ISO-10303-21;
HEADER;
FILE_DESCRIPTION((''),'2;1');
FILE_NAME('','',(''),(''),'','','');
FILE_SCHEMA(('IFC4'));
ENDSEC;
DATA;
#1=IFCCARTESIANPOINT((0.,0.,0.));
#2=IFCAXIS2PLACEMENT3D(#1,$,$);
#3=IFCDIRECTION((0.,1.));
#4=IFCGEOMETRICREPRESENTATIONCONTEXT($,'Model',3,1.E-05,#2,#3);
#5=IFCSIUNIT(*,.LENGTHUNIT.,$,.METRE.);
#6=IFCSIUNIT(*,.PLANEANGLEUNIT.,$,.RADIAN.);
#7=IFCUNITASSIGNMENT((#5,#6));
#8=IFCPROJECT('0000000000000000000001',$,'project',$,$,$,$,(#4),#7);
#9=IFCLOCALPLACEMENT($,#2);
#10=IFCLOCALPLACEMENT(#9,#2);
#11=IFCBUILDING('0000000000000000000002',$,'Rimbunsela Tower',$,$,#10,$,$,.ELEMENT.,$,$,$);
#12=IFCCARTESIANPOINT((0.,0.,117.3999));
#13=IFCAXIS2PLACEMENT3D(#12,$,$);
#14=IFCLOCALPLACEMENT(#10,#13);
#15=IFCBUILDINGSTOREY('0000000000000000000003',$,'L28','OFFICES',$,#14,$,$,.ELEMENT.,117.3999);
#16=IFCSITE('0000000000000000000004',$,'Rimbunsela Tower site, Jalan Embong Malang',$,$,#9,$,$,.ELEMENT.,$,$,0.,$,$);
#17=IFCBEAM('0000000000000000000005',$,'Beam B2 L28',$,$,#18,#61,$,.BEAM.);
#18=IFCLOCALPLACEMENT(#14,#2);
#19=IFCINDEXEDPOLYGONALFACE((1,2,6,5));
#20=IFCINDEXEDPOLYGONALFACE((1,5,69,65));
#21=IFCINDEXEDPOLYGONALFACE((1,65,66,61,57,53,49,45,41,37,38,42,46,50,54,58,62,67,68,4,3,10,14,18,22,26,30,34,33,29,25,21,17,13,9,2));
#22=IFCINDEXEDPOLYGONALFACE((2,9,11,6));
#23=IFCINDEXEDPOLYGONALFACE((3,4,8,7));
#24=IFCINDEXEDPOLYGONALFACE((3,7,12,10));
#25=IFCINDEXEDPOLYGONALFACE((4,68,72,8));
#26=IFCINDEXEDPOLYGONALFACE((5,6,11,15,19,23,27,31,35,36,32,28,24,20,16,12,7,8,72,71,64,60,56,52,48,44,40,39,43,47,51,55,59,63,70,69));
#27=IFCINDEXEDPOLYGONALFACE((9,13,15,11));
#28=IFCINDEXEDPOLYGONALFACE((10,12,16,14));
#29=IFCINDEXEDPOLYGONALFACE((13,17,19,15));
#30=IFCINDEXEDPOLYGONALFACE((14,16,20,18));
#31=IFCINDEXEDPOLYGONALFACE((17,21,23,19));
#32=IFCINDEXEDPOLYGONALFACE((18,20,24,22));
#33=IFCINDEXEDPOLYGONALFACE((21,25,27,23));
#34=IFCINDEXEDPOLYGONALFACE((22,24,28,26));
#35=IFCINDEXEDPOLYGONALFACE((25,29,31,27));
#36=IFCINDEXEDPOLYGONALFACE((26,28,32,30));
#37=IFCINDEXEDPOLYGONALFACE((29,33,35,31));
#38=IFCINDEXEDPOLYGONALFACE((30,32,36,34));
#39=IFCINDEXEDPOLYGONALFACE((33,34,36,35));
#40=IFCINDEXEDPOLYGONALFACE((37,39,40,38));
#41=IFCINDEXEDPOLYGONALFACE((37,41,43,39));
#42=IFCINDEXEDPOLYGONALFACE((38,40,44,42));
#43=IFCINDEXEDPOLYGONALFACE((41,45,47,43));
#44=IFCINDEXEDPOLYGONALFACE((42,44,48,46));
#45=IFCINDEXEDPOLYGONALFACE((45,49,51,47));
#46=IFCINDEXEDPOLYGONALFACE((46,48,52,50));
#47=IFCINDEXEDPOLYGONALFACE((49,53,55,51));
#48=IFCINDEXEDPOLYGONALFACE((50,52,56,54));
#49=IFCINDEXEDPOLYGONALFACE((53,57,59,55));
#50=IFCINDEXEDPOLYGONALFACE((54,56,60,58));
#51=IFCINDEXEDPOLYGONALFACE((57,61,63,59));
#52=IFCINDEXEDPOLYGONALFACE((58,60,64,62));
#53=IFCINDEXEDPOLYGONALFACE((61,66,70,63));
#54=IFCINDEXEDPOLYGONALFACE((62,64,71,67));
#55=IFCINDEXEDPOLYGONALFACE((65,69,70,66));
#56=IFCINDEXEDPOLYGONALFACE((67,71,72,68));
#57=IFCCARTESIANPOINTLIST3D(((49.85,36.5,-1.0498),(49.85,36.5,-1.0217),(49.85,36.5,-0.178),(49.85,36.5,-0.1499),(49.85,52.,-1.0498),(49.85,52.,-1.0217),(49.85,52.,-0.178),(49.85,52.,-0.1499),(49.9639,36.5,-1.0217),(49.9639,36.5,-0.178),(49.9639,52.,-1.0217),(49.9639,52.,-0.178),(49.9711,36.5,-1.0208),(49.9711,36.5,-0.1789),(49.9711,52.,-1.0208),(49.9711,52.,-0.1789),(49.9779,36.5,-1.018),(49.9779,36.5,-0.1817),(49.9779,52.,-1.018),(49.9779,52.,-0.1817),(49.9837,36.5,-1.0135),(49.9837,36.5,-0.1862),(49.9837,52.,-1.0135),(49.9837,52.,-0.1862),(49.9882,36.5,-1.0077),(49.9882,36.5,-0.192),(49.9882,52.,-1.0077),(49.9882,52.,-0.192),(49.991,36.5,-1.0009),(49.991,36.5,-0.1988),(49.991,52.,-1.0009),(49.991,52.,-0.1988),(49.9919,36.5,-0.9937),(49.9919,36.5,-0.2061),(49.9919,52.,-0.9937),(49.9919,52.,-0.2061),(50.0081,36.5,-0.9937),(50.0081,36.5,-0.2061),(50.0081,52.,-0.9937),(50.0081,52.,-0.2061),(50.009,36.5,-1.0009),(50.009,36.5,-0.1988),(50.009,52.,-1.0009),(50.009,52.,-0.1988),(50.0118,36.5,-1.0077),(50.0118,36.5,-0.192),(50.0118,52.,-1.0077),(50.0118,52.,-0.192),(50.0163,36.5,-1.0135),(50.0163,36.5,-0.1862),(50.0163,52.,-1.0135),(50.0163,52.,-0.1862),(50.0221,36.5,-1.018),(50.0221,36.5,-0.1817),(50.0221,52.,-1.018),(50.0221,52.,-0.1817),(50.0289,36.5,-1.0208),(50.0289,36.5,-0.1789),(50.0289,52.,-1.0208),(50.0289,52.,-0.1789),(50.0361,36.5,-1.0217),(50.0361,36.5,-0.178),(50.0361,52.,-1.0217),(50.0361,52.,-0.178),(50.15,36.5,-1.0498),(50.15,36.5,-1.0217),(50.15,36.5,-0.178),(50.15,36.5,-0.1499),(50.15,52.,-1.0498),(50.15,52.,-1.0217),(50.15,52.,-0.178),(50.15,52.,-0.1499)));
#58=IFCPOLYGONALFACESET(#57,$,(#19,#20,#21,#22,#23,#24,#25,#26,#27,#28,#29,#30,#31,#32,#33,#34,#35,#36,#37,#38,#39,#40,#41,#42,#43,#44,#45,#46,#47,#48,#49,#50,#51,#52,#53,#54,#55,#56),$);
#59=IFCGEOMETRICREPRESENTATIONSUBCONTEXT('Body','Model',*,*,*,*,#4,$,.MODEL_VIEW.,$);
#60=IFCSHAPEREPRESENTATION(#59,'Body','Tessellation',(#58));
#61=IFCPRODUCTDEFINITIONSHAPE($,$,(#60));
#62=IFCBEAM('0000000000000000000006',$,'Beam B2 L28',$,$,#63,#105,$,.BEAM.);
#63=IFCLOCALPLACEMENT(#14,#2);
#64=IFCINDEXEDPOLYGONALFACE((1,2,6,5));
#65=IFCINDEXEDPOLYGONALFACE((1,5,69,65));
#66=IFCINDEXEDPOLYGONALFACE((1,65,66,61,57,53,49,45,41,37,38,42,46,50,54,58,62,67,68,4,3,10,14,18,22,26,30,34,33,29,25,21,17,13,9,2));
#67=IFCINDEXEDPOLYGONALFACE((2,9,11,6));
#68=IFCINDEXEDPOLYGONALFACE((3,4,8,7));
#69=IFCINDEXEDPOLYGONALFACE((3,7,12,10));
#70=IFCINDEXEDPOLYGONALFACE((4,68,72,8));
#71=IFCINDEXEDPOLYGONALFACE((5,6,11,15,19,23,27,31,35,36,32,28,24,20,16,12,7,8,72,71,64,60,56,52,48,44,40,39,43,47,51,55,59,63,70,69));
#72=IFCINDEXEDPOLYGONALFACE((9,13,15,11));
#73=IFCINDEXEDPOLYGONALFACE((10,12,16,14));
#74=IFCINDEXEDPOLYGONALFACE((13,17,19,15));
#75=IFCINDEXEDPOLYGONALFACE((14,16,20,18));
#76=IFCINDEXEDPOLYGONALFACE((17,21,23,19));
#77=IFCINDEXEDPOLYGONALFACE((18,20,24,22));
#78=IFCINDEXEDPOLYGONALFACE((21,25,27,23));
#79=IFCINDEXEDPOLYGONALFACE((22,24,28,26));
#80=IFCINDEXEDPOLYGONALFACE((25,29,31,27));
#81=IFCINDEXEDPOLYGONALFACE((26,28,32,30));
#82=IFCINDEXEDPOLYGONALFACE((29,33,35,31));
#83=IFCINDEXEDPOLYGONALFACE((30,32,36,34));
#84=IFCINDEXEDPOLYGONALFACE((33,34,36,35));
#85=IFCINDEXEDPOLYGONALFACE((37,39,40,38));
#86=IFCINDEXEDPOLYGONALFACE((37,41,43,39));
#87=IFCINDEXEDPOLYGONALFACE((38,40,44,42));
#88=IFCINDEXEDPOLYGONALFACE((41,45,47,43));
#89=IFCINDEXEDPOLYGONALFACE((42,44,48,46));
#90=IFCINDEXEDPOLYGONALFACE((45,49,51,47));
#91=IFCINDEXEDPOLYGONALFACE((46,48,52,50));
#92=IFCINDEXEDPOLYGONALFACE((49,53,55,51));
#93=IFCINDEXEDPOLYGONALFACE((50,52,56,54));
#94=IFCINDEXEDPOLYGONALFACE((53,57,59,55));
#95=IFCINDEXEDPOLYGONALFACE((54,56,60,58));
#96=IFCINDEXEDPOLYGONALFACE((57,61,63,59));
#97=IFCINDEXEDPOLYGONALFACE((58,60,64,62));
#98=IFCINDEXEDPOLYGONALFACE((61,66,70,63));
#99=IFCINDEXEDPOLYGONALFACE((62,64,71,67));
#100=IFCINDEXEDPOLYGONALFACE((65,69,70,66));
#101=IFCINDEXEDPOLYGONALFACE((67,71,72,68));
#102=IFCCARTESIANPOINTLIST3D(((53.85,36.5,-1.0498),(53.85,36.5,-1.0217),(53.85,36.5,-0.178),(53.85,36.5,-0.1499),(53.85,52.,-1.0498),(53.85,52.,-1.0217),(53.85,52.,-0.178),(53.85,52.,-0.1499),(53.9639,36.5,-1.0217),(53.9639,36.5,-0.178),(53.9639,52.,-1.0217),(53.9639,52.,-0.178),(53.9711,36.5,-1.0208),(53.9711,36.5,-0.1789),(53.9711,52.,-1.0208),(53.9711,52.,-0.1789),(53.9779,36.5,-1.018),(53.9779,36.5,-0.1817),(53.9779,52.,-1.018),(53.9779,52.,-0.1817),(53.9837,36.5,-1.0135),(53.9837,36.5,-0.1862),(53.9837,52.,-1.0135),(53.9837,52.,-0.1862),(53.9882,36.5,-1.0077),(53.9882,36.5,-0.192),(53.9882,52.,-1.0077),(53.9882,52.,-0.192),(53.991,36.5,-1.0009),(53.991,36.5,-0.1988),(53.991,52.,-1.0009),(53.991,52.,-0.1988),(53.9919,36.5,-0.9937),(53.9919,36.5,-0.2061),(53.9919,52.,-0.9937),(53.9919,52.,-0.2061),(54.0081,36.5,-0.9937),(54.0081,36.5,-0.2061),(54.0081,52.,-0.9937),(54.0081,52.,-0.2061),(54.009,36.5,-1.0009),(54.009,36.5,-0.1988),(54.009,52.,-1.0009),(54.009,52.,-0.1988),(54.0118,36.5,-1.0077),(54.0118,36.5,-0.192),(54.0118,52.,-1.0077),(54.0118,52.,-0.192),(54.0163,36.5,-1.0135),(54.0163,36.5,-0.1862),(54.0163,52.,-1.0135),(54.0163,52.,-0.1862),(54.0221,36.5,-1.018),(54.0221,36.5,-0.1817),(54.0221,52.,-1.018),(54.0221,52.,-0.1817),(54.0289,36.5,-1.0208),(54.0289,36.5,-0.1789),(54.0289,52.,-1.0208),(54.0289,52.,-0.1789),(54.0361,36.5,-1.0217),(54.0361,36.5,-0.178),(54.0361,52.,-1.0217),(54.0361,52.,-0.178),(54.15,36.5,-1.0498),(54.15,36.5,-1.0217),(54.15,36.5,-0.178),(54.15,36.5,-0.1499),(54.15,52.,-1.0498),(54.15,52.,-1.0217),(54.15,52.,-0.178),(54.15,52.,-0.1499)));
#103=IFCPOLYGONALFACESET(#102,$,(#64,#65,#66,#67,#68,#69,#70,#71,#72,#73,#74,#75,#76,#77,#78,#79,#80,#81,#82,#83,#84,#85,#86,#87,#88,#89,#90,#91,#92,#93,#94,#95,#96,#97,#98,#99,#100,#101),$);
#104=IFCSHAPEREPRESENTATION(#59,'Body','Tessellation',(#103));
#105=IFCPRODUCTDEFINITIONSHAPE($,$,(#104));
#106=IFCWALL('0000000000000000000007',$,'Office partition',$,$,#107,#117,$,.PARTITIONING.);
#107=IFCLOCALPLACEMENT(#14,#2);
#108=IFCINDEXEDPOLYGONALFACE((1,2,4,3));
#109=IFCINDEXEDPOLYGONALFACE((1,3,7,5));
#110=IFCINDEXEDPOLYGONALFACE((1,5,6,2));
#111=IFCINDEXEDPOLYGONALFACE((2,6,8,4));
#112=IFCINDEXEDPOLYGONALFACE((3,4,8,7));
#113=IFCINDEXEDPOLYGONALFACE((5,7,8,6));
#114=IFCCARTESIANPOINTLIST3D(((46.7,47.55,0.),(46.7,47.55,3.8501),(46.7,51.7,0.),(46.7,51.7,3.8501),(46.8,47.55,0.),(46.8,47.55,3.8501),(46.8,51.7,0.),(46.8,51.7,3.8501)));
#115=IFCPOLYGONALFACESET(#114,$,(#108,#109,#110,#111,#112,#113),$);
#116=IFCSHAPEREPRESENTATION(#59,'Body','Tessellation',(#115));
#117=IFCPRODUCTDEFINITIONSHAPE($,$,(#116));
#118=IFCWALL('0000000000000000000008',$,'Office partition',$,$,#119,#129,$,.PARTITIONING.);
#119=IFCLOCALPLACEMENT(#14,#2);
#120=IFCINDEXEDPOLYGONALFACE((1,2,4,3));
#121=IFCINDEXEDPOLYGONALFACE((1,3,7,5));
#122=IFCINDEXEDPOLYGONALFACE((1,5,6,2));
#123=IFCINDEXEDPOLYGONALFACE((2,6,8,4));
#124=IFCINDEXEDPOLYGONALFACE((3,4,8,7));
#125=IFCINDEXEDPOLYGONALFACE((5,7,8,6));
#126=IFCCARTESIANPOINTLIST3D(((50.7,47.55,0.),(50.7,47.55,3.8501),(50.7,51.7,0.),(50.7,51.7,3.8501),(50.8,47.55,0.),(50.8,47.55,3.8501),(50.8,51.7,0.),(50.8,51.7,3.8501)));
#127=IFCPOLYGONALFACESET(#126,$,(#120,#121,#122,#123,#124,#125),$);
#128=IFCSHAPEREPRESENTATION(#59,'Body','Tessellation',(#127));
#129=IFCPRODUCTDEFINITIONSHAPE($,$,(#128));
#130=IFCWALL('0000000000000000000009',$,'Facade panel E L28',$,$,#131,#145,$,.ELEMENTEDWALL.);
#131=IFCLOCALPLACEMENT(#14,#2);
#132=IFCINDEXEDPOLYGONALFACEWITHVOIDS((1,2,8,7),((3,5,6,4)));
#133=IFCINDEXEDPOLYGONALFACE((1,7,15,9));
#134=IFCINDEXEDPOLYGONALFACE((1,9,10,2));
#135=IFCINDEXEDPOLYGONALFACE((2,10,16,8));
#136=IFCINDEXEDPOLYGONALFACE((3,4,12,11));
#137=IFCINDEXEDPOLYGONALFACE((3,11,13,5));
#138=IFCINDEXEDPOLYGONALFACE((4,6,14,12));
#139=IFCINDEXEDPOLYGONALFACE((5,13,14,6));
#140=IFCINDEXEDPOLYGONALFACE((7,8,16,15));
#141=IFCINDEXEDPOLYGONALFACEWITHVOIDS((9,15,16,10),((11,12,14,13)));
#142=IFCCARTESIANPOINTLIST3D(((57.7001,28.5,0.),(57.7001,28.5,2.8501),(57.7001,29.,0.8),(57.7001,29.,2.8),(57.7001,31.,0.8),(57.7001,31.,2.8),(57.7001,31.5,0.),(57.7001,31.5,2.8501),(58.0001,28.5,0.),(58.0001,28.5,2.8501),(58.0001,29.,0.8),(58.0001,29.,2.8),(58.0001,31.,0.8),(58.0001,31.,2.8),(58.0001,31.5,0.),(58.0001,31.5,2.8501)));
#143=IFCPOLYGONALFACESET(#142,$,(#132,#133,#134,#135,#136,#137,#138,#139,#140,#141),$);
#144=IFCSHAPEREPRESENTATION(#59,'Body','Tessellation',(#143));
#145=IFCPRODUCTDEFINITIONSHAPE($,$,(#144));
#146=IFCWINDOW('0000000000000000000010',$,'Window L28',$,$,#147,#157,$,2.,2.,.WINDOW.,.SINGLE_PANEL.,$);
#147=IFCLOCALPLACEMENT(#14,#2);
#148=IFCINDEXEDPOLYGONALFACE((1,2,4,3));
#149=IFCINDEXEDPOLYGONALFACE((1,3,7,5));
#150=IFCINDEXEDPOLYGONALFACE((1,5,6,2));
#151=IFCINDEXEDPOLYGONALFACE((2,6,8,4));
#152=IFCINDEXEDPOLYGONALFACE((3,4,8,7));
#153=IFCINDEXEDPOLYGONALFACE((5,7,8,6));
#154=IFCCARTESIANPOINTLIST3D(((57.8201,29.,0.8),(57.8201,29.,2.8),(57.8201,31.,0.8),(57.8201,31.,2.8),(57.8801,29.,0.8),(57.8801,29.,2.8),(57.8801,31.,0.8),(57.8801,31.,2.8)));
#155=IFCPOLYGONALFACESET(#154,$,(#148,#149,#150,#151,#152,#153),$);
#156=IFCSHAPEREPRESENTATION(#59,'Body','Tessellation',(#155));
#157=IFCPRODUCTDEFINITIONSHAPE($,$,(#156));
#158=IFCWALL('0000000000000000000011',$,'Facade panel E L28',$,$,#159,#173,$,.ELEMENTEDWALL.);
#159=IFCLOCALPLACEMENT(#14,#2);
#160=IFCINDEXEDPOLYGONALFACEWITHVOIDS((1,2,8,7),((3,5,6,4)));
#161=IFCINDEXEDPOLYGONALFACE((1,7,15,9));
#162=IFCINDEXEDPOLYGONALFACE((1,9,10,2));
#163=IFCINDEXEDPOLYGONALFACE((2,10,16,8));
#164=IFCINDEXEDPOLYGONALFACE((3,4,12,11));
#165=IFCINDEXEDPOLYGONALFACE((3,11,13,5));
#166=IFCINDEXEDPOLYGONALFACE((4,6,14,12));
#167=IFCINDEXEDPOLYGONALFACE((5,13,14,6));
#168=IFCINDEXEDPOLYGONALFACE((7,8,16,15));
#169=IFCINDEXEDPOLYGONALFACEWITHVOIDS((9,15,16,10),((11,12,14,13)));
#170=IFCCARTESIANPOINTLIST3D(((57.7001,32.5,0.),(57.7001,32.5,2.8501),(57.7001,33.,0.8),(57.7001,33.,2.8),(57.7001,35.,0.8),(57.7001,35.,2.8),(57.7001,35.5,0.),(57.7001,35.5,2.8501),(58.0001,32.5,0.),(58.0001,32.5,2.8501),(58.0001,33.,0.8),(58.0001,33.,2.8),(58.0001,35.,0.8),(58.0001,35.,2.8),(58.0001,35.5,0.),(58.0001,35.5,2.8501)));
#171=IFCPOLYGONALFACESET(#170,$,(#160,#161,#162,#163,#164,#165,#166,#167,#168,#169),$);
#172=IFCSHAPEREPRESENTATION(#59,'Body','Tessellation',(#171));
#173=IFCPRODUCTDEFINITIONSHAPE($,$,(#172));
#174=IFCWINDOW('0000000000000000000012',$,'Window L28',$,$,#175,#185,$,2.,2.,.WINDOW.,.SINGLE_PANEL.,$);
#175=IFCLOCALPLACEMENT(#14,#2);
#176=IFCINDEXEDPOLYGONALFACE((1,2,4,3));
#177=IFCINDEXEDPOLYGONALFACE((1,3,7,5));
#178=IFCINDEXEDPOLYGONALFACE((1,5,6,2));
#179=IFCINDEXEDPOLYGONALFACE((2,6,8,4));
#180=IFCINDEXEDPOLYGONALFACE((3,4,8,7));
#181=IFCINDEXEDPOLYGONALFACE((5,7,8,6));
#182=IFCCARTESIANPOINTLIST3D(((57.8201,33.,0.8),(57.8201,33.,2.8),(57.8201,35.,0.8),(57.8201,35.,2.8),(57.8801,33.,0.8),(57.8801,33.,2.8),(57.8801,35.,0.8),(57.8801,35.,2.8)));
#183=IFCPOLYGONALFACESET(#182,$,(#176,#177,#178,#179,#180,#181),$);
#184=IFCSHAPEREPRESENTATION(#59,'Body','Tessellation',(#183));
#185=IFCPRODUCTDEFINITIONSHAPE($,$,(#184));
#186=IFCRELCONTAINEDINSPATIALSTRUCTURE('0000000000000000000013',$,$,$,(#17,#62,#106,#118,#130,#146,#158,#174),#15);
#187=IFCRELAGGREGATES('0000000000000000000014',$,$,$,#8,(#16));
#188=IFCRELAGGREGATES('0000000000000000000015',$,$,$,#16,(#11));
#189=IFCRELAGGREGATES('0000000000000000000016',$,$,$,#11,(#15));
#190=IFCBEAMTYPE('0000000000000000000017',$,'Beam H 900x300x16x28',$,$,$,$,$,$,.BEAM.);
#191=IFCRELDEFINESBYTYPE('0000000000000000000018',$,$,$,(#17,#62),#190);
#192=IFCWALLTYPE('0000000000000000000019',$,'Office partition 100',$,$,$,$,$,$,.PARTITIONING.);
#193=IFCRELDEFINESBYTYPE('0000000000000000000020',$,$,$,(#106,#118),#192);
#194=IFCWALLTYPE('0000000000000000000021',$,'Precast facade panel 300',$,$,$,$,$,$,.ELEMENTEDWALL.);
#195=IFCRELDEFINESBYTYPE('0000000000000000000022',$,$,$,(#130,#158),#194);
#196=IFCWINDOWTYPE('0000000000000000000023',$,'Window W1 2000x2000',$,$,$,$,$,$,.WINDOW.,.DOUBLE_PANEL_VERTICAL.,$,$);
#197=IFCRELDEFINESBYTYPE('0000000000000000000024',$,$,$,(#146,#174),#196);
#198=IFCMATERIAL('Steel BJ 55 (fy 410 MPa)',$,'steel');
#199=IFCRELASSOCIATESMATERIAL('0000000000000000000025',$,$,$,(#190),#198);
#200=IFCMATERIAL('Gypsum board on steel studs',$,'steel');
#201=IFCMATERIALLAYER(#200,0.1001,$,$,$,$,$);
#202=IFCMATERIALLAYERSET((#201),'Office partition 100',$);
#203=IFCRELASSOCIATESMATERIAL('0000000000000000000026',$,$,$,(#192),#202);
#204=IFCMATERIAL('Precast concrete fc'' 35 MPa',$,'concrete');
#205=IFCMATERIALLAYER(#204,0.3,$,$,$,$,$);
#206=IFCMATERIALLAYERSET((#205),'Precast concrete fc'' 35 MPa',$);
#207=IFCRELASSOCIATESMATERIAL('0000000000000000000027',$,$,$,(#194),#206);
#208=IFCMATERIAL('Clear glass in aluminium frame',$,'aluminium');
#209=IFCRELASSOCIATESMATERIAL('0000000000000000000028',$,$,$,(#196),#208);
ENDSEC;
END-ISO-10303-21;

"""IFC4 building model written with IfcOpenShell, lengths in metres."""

from ifc_helpers import new_model, si_unit, direction, frame, frame_2d, origin, origin_2d, place, context, subcontext, project, spatial, rectangle, i_section, extrude, material, layer, layer_set, material_profile, profile_set, type_object, element, fill, save


model = new_model("IFC4")

# Units and contexts
model_context = context("Model", 3, precision=1e-05, world=origin(), true_north=direction((0.0, 1.0)))
body_context = subcontext(model_context, "Body", "Model", "MODEL_VIEW")
ifc_project = project(units=[si_unit("LENGTHUNIT", "METRE"), si_unit("PLANEANGLEUNIT", "RADIAN")], contexts=[model_context])

# Site, building, storey
site_placement = place(None, origin())
site = spatial("IfcSite", under=ifc_project, at=site_placement, Name="Rimbunsela Tower site, Jalan Embong Malang", CompositionType="ELEMENT", RefElevation=0.0)
building_placement = place(site_placement, origin())
building = spatial("IfcBuilding", under=site, at=building_placement, Name="Rimbunsela Tower", CompositionType="ELEMENT")
storey_placement = place(building_placement, frame((0.0, 0.0, 117.3999)))
storey = spatial("IfcBuildingStorey", under=building, at=storey_placement, Name="L28", Description="OFFICES", CompositionType="ELEMENT", Elevation=117.3999)

# Beams
ifc_material_1 = material(Name="Steel BJ 55 (fy 410 MPa)", Category="steel")
ifc_material_profile_1 = material_profile(ifc_material_1, i_section(OverallWidth=0.3, OverallDepth=0.8999, WebThickness=0.0161, FlangeThickness=0.0281, FilletRadius=0.0281, at=origin_2d()), Name="H 900x300x16x28")
ifc_profile_set_1 = profile_set([ifc_material_profile_1], Name="Steel BJ 55 (fy 410 MPa)")
beam_type_1 = type_object("IfcBeamType", Name="Beam H 900x300x16x28", PredefinedType="BEAM", material=ifc_profile_set_1)
for number, where, z_axis, x_axis, name in (
    (1, (50.0, 36.5, -0.5999), (0.0, 1.0, 0.0), (-1.0, 0.0, 0.0), "Beam B2 L28"),
    (2, (54.0, 36.5, -0.5999), (0.0, 1.0, 0.0), (-1.0, 0.0, 0.0), "Beam B2 L28"),
):
    element("IfcBeam", number, at=place(storey_placement, frame(where, z_axis=z_axis, x_axis=x_axis)), inside=storey, type_object=beam_type_1, Name=name, PredefinedType="BEAM", context=body_context, shape_type="SweptSolid", body=[
        extrude(i_section(OverallWidth=0.3, OverallDepth=0.8999, WebThickness=0.0161, FlangeThickness=0.0281, FilletRadius=0.0281, at=origin_2d()), origin(), (0.0, 0.0, 1.0), 15.5),
    ])

# Walls
ifc_material_2 = material(Name="Gypsum board on steel studs", Category="steel")
ifc_layer_1 = layer(ifc_material_2, 0.1001)
ifc_layer_set_1 = layer_set([ifc_layer_1], Name="Office partition 100")
wall_type_1 = type_object("IfcWallType", Name="Office partition 100", PredefinedType="PARTITIONING", material=ifc_layer_set_1)
for number, where, z_axis, x_axis, name in (
    (3, (46.75, 47.55, 0.0), (0.0, 0.0, 1.0), (0.0, 1.0, 0.0), "Office partition"),
    (4, (50.75, 47.55, 0.0), (0.0, 0.0, 1.0), (0.0, 1.0, 0.0), "Office partition"),
):
    element("IfcWall", number, at=place(storey_placement, frame(where, z_axis=z_axis, x_axis=x_axis)), inside=storey, type_object=wall_type_1, Name=name, PredefinedType="PARTITIONING", context=body_context, shape_type="SweptSolid", body=[
        extrude(rectangle(XDim=4.1499, YDim=0.1001, at=frame_2d((2.075, 0.0))), origin(), (0.0, 0.0, 1.0), 3.8501),
    ])

# Walls, openings, windows
ifc_material_3 = material(Name="Precast concrete fc' 35 MPa", Category="concrete")
ifc_layer_2 = layer(ifc_material_3, 0.3)
ifc_layer_set_2 = layer_set([ifc_layer_2], Name="Precast concrete fc' 35 MPa")
wall_type_2 = type_object("IfcWallType", Name="Precast facade panel 300", PredefinedType="ELEMENTEDWALL", material=ifc_layer_set_2)
wall_1_placement = place(storey_placement, frame((57.8501, 28.5, 0.0), z_axis=(0.0, 0.0, 1.0), x_axis=(0.0, 1.0, 0.0)))
wall_1 = element("IfcWall", 5, at=wall_1_placement, inside=storey, type_object=wall_type_2, Name="Facade panel E L28", PredefinedType="ELEMENTEDWALL", context=body_context, shape_type="SweptSolid", body=[
    extrude(rectangle(XDim=3.0, YDim=0.3, at=frame_2d((1.5, 0.0))), origin(), (0.0, 0.0, 1.0), 2.8501),
])
opening_1_placement = place(wall_1_placement, frame((0.5, 0.0, 0.8)))
opening_1 = element("IfcOpeningElement", 6, at=opening_1_placement, cuts=wall_1, PredefinedType="OPENING", context=body_context, shape_type="SweptSolid", body=[
    extrude(rectangle(XDim=2.0, YDim=2.0, at=frame_2d((1.0, 1.0))), frame((0.0, 0.1599, 0.0), z_axis=(0.0, -1.0, 0.0), x_axis=(1.0, 0.0, 0.0)), (0.0, 0.0, 1.0), 0.3201),
])
ifc_material_4 = material(Name="Clear glass in aluminium frame", Category="aluminium")
window_type = type_object("IfcWindowType", Name="Window W1 2000x2000", PartitioningType="DOUBLE_PANEL_VERTICAL", PredefinedType="WINDOW", material=ifc_material_4)
window_1_placement = place(opening_1_placement, origin())
window_1 = element("IfcWindow", 7, at=window_1_placement, inside=storey, type_object=window_type, Name="Window L28", OverallHeight=2.0, OverallWidth=2.0, PartitioningType="SINGLE_PANEL", PredefinedType="WINDOW", context=body_context, shape_type="SweptSolid", body=[
    extrude(rectangle(XDim=2.0, YDim=2.0, at=frame_2d((1.0, 1.0))), frame((0.0, 0.03, 0.0), z_axis=(0.0, -1.0, 0.0), x_axis=(1.0, 0.0, 0.0)), (0.0, 0.0, 1.0), 0.0601),
])
fill(opening_1, window_1)
wall_2_placement = place(storey_placement, frame((57.8501, 32.5, 0.0), z_axis=(0.0, 0.0, 1.0), x_axis=(0.0, 1.0, 0.0)))
wall_2 = element("IfcWall", 8, at=wall_2_placement, inside=storey, type_object=wall_type_2, Name="Facade panel E L28", PredefinedType="ELEMENTEDWALL", context=body_context, shape_type="SweptSolid", body=[
    extrude(rectangle(XDim=3.0, YDim=0.3, at=frame_2d((1.5, 0.0))), origin(), (0.0, 0.0, 1.0), 2.8501),
])
opening_2_placement = place(wall_2_placement, frame((0.5, 0.0, 0.8)))
opening_2 = element("IfcOpeningElement", 9, at=opening_2_placement, cuts=wall_2, PredefinedType="OPENING", context=body_context, shape_type="SweptSolid", body=[
    extrude(rectangle(XDim=2.0, YDim=2.0, at=frame_2d((1.0, 1.0))), frame((0.0, 0.1599, 0.0), z_axis=(0.0, -1.0, 0.0), x_axis=(1.0, 0.0, 0.0)), (0.0, 0.0, 1.0), 0.3201),
])
window_2_placement = place(opening_2_placement, origin())
window_2 = element("IfcWindow", 10, at=window_2_placement, inside=storey, type_object=window_type, Name="Window L28", OverallHeight=2.0, OverallWidth=2.0, PartitioningType="SINGLE_PANEL", PredefinedType="WINDOW", context=body_context, shape_type="SweptSolid", body=[
    extrude(rectangle(XDim=2.0, YDim=2.0, at=frame_2d((1.0, 1.0))), frame((0.0, 0.03, 0.0), z_axis=(0.0, -1.0, 0.0), x_axis=(1.0, 0.0, 0.0)), (0.0, 0.0, 1.0), 0.0601),
])
fill(opening_2, window_2)

save(model, "model.ifc")
